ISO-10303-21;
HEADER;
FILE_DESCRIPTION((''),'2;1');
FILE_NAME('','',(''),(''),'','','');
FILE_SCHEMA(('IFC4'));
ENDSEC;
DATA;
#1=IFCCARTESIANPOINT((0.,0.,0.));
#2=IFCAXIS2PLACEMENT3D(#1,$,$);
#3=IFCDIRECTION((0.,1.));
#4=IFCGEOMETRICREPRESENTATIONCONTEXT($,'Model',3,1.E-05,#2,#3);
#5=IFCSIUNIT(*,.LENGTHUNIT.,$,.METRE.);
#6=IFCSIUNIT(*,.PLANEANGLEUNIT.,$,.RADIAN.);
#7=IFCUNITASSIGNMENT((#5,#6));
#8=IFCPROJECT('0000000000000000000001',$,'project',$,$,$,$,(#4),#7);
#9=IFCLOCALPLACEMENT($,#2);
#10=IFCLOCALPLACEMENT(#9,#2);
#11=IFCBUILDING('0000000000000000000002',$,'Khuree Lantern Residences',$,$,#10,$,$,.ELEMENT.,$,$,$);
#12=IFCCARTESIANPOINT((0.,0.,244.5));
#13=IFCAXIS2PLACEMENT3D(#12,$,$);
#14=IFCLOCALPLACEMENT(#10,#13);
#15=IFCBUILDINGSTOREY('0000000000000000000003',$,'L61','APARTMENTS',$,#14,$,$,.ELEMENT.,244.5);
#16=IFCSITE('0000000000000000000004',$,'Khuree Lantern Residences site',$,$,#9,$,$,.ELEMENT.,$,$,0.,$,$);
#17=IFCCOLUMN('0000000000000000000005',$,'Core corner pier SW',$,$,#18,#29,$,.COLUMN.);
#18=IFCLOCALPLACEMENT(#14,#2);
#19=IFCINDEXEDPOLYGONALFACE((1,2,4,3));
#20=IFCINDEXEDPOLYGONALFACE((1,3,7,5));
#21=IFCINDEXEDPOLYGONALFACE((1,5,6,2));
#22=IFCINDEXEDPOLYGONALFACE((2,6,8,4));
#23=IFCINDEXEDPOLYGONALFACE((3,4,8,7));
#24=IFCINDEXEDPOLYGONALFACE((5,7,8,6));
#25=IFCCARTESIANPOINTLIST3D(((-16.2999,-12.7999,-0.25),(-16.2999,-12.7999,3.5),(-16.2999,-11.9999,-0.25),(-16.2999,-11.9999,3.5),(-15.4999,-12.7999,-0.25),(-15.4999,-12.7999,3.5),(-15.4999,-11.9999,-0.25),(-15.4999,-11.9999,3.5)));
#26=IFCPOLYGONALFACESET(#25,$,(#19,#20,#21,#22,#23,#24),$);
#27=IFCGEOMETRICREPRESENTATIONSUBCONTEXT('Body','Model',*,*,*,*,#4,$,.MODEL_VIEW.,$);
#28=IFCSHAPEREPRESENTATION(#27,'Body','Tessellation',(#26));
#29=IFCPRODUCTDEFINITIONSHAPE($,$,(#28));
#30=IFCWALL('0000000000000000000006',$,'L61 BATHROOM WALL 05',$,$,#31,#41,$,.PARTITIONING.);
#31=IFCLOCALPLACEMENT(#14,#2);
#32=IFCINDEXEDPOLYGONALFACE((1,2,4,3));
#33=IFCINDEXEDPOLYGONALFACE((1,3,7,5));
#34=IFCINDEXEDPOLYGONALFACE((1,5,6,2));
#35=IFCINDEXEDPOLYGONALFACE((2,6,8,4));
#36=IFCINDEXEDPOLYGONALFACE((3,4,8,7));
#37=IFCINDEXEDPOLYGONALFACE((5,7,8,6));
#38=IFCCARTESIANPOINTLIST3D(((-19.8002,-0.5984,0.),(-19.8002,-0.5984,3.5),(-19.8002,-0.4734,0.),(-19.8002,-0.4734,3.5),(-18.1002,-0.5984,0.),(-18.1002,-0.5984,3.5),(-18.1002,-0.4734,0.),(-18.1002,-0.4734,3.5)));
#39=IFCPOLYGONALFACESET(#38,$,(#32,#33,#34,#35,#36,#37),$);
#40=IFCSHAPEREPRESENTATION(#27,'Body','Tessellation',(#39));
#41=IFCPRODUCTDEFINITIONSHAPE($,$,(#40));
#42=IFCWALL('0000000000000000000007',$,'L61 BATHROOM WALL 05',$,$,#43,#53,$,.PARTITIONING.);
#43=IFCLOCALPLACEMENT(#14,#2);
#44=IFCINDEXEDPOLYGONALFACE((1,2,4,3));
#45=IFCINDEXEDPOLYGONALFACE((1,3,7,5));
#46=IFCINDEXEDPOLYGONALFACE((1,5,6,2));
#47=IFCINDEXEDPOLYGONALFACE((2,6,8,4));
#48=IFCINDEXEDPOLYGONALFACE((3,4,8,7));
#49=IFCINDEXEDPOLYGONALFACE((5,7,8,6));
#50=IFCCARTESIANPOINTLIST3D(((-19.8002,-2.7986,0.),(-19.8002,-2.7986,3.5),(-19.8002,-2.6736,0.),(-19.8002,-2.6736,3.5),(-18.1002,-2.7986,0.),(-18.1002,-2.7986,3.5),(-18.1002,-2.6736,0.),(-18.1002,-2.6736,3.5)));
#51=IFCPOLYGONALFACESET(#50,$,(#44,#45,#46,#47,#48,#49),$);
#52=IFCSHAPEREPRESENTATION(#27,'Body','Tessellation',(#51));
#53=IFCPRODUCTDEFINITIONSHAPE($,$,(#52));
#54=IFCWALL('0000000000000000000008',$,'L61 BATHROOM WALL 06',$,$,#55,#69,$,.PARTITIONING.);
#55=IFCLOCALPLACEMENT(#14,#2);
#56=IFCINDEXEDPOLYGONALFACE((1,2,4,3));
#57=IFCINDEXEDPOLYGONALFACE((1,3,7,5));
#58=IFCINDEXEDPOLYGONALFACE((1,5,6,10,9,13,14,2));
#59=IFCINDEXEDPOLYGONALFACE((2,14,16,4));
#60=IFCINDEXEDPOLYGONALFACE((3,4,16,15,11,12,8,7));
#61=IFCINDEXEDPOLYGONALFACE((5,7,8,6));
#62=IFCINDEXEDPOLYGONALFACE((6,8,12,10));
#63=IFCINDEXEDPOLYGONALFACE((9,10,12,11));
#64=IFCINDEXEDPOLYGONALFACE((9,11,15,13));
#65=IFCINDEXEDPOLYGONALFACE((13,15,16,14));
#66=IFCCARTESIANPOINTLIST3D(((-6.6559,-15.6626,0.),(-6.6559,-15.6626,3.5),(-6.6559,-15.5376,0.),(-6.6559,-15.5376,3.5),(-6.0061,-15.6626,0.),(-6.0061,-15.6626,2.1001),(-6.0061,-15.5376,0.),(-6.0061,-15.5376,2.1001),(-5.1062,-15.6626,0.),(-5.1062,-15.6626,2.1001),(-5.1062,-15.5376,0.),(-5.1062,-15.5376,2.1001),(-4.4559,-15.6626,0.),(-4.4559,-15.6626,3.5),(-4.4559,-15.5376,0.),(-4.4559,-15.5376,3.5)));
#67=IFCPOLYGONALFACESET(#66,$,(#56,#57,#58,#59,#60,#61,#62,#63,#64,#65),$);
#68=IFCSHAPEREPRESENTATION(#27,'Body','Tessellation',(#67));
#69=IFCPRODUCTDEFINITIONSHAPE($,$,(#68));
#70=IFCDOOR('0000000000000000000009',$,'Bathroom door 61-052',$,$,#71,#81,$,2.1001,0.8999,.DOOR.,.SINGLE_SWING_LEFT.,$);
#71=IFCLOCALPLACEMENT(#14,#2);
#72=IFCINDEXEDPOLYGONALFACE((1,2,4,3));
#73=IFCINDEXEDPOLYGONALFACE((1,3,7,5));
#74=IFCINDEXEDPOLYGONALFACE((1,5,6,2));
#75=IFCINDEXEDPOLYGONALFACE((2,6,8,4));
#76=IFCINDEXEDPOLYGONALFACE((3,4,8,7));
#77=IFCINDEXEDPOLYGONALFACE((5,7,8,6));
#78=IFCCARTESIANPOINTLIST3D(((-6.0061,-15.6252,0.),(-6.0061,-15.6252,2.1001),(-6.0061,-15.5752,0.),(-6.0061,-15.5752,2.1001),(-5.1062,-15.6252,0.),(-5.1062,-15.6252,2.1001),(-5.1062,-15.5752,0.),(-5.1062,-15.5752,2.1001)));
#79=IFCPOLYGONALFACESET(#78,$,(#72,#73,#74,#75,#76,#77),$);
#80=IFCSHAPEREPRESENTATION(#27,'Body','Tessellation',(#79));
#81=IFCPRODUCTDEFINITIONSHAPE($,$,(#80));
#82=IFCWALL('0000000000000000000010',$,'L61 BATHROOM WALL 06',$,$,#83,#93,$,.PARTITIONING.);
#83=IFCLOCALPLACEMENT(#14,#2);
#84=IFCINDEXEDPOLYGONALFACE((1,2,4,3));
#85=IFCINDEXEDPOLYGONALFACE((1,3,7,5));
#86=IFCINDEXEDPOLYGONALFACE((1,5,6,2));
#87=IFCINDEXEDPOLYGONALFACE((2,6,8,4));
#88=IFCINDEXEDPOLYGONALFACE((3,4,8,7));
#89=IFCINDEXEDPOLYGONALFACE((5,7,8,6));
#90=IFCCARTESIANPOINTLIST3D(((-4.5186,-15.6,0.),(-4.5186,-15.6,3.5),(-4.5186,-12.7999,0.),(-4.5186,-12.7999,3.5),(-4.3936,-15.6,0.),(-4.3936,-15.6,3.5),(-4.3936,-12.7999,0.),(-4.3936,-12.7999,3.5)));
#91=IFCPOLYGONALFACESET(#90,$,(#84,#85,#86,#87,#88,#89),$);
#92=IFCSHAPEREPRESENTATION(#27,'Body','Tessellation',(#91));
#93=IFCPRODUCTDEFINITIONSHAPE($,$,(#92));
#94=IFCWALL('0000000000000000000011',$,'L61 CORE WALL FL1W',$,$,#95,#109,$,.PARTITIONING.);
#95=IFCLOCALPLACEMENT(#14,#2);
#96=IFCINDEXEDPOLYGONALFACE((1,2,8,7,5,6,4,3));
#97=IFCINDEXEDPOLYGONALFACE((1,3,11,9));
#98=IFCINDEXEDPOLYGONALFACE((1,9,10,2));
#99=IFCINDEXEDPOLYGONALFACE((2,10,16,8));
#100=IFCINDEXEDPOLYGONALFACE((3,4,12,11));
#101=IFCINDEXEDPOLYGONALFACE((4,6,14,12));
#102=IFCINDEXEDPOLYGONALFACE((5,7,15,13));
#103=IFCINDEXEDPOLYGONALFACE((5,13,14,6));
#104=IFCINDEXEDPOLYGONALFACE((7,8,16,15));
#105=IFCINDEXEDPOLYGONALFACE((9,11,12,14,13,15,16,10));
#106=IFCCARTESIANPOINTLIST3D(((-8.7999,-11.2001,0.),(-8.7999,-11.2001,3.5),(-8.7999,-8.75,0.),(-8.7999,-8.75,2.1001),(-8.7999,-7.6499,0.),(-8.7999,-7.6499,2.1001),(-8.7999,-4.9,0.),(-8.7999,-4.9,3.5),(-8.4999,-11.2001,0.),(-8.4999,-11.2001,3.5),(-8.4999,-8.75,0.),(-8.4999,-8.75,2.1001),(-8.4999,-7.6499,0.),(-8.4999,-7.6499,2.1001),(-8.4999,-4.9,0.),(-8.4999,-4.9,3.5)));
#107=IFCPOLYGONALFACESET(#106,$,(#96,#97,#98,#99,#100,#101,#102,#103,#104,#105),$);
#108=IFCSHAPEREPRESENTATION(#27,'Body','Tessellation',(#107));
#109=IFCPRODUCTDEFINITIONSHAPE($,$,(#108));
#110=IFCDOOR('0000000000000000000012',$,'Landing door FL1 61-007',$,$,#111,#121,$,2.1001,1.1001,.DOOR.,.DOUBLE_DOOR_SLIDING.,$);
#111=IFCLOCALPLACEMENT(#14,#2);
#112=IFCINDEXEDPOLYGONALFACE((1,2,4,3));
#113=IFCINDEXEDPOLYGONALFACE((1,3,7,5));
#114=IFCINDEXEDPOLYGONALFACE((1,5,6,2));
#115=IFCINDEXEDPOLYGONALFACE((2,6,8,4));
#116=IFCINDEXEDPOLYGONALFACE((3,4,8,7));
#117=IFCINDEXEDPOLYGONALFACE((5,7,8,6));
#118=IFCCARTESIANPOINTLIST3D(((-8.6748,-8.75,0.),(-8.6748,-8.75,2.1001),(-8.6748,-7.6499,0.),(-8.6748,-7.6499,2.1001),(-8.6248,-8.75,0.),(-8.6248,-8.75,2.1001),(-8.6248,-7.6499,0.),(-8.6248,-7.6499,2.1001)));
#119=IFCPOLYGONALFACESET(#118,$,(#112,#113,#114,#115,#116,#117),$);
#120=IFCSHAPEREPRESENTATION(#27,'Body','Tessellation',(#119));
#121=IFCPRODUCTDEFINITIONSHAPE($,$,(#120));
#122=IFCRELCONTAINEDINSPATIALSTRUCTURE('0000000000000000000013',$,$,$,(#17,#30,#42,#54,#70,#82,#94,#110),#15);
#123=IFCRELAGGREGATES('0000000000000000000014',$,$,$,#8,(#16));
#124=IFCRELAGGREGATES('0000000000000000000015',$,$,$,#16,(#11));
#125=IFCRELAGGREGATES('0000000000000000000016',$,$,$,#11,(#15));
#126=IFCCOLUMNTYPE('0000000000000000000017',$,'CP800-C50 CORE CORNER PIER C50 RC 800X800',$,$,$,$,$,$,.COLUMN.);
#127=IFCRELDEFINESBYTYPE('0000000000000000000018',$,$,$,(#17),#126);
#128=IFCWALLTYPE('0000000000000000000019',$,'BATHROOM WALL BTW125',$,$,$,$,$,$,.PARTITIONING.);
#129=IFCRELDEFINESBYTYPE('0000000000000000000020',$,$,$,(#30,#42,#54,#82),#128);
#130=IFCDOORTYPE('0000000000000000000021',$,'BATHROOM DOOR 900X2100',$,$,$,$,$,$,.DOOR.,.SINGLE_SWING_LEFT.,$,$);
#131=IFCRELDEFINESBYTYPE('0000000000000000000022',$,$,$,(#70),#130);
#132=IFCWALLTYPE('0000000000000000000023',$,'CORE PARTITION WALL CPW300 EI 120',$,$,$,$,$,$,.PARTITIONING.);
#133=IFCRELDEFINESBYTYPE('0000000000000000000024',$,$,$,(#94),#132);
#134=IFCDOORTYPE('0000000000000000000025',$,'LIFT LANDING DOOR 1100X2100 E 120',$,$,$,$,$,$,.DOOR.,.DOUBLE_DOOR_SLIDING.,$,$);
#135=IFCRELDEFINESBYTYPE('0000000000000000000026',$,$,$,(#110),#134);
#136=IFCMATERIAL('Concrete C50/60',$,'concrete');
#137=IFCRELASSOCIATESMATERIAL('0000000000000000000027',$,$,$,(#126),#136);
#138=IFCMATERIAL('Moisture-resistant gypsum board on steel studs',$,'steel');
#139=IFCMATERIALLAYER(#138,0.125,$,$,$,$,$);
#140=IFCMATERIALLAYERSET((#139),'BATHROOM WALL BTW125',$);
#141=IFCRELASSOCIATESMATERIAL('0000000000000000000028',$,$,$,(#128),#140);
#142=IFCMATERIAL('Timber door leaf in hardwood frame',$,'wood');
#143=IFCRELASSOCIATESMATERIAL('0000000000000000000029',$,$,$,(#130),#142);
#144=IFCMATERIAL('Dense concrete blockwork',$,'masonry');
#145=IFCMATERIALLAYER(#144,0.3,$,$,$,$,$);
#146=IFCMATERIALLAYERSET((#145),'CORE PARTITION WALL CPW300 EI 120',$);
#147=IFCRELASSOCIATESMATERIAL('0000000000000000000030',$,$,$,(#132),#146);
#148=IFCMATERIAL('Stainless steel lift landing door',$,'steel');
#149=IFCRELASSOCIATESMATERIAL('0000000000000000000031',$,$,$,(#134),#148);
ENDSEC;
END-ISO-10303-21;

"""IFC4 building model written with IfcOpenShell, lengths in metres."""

from ifc_helpers import new_model, si_unit, direction, frame, frame_2d, origin, origin_2d, place, context, subcontext, project, spatial, rectangle, extrude, material, layer, layer_set, material_profile, profile_set, type_object, element, fill, save


model = new_model("IFC4")

# Units and contexts
model_context = context("Model", 3, precision=1e-05, world=origin(), true_north=direction((0.0, 1.0)))
body_context = subcontext(model_context, "Body", "Model", "MODEL_VIEW")
ifc_project = project(units=[si_unit("LENGTHUNIT", "METRE"), si_unit("PLANEANGLEUNIT", "RADIAN")], contexts=[model_context])

# Site, building, storey
site_placement = place(None, origin())
site = spatial("IfcSite", under=ifc_project, at=site_placement, Name="Khuree Lantern Residences site", CompositionType="ELEMENT", RefElevation=0.0)
building_placement = place(site_placement, origin())
building = spatial("IfcBuilding", under=site, at=building_placement, Name="Khuree Lantern Residences", CompositionType="ELEMENT")
storey_placement = place(building_placement, frame((0.0, 0.0, 244.5)))
storey = spatial("IfcBuildingStorey", under=building, at=storey_placement, Name="L61", Description="APARTMENTS", CompositionType="ELEMENT", Elevation=244.5)

# Column
ifc_material_1 = material(Name="Concrete C50/60", Category="concrete")
ifc_material_profile = material_profile(ifc_material_1, rectangle(XDim=0.8, YDim=0.8, at=origin_2d()), Name="RC 800X800")
ifc_profile_set = profile_set([ifc_material_profile], Name="Concrete C50/60")
column_type = type_object("IfcColumnType", Name="CP800-C50 CORE CORNER PIER C50 RC 800X800", PredefinedType="COLUMN", material=ifc_profile_set)
column_placement = place(storey_placement, frame((-15.8999, -12.3999, -0.25), z_axis=(0.0, 0.0, 1.0), x_axis=(1.0, 0.0, 0.0)))
element("IfcColumn", 1, at=column_placement, inside=storey, type_object=column_type, Name="Core corner pier SW", PredefinedType="COLUMN", context=body_context, shape_type="SweptSolid", body=[
    extrude(rectangle(XDim=0.8, YDim=0.8, at=origin_2d()), origin(), (0.0, 0.0, 1.0), 3.75),
])

# Walls
ifc_material_2 = material(Name="Moisture-resistant gypsum board on steel studs", Category="steel")
ifc_layer_1 = layer(ifc_material_2, 0.125)
ifc_layer_set_1 = layer_set([ifc_layer_1], Name="BATHROOM WALL BTW125")
wall_type_1 = type_object("IfcWallType", Name="BATHROOM WALL BTW125", PredefinedType="PARTITIONING", material=ifc_layer_set_1)
for number, where, z_axis, x_axis, name in (
    (2, (-18.1001, -0.5359, 0.0), (0.0, 0.0, 1.0), (-1.0, 0.0, 0.0), "L61 BATHROOM WALL 05"),
    (3, (-18.1001, -2.7361, 0.0), (0.0, 0.0, 1.0), (-1.0, 0.0, 0.0), "L61 BATHROOM WALL 05"),
):
    element("IfcWall", number, at=place(storey_placement, frame(where, z_axis=z_axis, x_axis=x_axis)), inside=storey, type_object=wall_type_1, Name=name, PredefinedType="PARTITIONING", context=body_context, shape_type="SweptSolid", body=[
        extrude(rectangle(XDim=1.7, YDim=0.125, at=frame_2d((0.8501, 0.0))), origin(), (0.0, 0.0, 1.0), 3.5),
    ])

# Wall, opening, door
wall_1_placement = place(storey_placement, frame((-6.656, -15.6001, 0.0), z_axis=(0.0, 0.0, 1.0), x_axis=(1.0, 0.0, 0.0)))
wall_1 = element("IfcWall", 4, at=wall_1_placement, inside=storey, type_object=wall_type_1, Name="L61 BATHROOM WALL 06", PredefinedType="PARTITIONING", context=body_context, shape_type="SweptSolid", body=[
    extrude(rectangle(XDim=2.2, YDim=0.125, at=frame_2d((1.1001, 0.0))), origin(), (0.0, 0.0, 1.0), 3.5),
])
opening_1_placement = place(wall_1_placement, frame((0.6499, 0.0, 0.0)))
opening_1 = element("IfcOpeningElement", 5, at=opening_1_placement, cuts=wall_1, PredefinedType="OPENING", context=body_context, shape_type="SweptSolid", body=[
    extrude(rectangle(XDim=0.8999, YDim=2.1001, at=frame_2d((0.45, 1.05))), frame((0.0, 0.0725, 0.0), z_axis=(0.0, -1.0, 0.0), x_axis=(1.0, 0.0, 0.0)), (0.0, 0.0, 1.0), 0.145),
])
ifc_material_3 = material(Name="Timber door leaf in hardwood frame", Category="wood")
door_type_1 = type_object("IfcDoorType", Name="BATHROOM DOOR 900X2100", OperationType="SINGLE_SWING_LEFT", PredefinedType="DOOR", material=ifc_material_3)
door_1_placement = place(opening_1_placement, origin())
door_1 = element("IfcDoor", 6, at=door_1_placement, inside=storey, type_object=door_type_1, Name="Bathroom door 61-052", OperationType="SINGLE_SWING_LEFT", OverallHeight=2.1001, OverallWidth=0.8999, PredefinedType="DOOR", context=body_context, shape_type="SweptSolid", body=[
    extrude(rectangle(XDim=0.8999, YDim=2.1001, at=frame_2d((0.45, 1.05))), frame((0.0, 0.0249, 0.0), z_axis=(0.0, -1.0, 0.0), x_axis=(1.0, 0.0, 0.0)), (0.0, 0.0, 1.0), 0.05),
])
fill(opening_1, door_1)

# Wall
wall_2_placement = place(storey_placement, frame((-4.4561, -12.8, 0.0), z_axis=(0.0, 0.0, 1.0), x_axis=(0.0, -1.0, 0.0)))
element("IfcWall", 7, at=wall_2_placement, inside=storey, type_object=wall_type_1, Name="L61 BATHROOM WALL 06", PredefinedType="PARTITIONING", context=body_context, shape_type="SweptSolid", body=[
    extrude(rectangle(XDim=2.8, YDim=0.125, at=frame_2d((1.3999, 0.0))), origin(), (0.0, 0.0, 1.0), 3.5),
])

# Wall, opening, door
ifc_material_4 = material(Name="Dense concrete blockwork", Category="masonry")
ifc_layer_2 = layer(ifc_material_4, 0.3)
ifc_layer_set_2 = layer_set([ifc_layer_2], Name="CORE PARTITION WALL CPW300 EI 120")
wall_type_2 = type_object("IfcWallType", Name="CORE PARTITION WALL CPW300 EI 120", PredefinedType="PARTITIONING", material=ifc_layer_set_2)
wall_3_placement = place(storey_placement, frame((-8.6499, -11.2, 0.0), z_axis=(0.0, 0.0, 1.0), x_axis=(0.0, 1.0, 0.0)))
wall_3 = element("IfcWall", 8, at=wall_3_placement, inside=storey, type_object=wall_type_2, Name="L61 CORE WALL FL1W", PredefinedType="PARTITIONING", context=body_context, shape_type="SweptSolid", body=[
    extrude(rectangle(XDim=6.3, YDim=0.3, at=frame_2d((3.1499, 0.0))), origin(), (0.0, 0.0, 1.0), 3.5),
])
opening_2_placement = place(wall_3_placement, frame((2.45, 0.0, 0.0)))
opening_2 = element("IfcOpeningElement", 9, at=opening_2_placement, cuts=wall_3, PredefinedType="OPENING", context=body_context, shape_type="SweptSolid", body=[
    extrude(rectangle(XDim=1.1001, YDim=2.1001, at=frame_2d((0.55, 1.05))), frame((0.0, 0.1602, 0.0), z_axis=(0.0, -1.0, 0.0), x_axis=(1.0, 0.0, 0.0)), (0.0, 0.0, 1.0), 0.3201),
])
ifc_material_5 = material(Name="Stainless steel lift landing door", Category="steel")
door_type_2 = type_object("IfcDoorType", Name="LIFT LANDING DOOR 1100X2100 E 120", OperationType="DOUBLE_DOOR_SLIDING", PredefinedType="DOOR", material=ifc_material_5)
door_2_placement = place(opening_2_placement, origin())
door_2 = element("IfcDoor", 10, at=door_2_placement, inside=storey, type_object=door_type_2, Name="Landing door FL1 61-007", OperationType="DOUBLE_DOOR_SLIDING", OverallHeight=2.1001, OverallWidth=1.1001, PredefinedType="DOOR", context=body_context, shape_type="SweptSolid", body=[
    extrude(rectangle(XDim=1.1001, YDim=2.1001, at=frame_2d((0.55, 1.05))), frame((0.0, 0.0249, 0.0), z_axis=(0.0, -1.0, 0.0), x_axis=(1.0, 0.0, 0.0)), (0.0, 0.0, 1.0), 0.05),
])
fill(opening_2, door_2)

save(model, "model.ifc")
